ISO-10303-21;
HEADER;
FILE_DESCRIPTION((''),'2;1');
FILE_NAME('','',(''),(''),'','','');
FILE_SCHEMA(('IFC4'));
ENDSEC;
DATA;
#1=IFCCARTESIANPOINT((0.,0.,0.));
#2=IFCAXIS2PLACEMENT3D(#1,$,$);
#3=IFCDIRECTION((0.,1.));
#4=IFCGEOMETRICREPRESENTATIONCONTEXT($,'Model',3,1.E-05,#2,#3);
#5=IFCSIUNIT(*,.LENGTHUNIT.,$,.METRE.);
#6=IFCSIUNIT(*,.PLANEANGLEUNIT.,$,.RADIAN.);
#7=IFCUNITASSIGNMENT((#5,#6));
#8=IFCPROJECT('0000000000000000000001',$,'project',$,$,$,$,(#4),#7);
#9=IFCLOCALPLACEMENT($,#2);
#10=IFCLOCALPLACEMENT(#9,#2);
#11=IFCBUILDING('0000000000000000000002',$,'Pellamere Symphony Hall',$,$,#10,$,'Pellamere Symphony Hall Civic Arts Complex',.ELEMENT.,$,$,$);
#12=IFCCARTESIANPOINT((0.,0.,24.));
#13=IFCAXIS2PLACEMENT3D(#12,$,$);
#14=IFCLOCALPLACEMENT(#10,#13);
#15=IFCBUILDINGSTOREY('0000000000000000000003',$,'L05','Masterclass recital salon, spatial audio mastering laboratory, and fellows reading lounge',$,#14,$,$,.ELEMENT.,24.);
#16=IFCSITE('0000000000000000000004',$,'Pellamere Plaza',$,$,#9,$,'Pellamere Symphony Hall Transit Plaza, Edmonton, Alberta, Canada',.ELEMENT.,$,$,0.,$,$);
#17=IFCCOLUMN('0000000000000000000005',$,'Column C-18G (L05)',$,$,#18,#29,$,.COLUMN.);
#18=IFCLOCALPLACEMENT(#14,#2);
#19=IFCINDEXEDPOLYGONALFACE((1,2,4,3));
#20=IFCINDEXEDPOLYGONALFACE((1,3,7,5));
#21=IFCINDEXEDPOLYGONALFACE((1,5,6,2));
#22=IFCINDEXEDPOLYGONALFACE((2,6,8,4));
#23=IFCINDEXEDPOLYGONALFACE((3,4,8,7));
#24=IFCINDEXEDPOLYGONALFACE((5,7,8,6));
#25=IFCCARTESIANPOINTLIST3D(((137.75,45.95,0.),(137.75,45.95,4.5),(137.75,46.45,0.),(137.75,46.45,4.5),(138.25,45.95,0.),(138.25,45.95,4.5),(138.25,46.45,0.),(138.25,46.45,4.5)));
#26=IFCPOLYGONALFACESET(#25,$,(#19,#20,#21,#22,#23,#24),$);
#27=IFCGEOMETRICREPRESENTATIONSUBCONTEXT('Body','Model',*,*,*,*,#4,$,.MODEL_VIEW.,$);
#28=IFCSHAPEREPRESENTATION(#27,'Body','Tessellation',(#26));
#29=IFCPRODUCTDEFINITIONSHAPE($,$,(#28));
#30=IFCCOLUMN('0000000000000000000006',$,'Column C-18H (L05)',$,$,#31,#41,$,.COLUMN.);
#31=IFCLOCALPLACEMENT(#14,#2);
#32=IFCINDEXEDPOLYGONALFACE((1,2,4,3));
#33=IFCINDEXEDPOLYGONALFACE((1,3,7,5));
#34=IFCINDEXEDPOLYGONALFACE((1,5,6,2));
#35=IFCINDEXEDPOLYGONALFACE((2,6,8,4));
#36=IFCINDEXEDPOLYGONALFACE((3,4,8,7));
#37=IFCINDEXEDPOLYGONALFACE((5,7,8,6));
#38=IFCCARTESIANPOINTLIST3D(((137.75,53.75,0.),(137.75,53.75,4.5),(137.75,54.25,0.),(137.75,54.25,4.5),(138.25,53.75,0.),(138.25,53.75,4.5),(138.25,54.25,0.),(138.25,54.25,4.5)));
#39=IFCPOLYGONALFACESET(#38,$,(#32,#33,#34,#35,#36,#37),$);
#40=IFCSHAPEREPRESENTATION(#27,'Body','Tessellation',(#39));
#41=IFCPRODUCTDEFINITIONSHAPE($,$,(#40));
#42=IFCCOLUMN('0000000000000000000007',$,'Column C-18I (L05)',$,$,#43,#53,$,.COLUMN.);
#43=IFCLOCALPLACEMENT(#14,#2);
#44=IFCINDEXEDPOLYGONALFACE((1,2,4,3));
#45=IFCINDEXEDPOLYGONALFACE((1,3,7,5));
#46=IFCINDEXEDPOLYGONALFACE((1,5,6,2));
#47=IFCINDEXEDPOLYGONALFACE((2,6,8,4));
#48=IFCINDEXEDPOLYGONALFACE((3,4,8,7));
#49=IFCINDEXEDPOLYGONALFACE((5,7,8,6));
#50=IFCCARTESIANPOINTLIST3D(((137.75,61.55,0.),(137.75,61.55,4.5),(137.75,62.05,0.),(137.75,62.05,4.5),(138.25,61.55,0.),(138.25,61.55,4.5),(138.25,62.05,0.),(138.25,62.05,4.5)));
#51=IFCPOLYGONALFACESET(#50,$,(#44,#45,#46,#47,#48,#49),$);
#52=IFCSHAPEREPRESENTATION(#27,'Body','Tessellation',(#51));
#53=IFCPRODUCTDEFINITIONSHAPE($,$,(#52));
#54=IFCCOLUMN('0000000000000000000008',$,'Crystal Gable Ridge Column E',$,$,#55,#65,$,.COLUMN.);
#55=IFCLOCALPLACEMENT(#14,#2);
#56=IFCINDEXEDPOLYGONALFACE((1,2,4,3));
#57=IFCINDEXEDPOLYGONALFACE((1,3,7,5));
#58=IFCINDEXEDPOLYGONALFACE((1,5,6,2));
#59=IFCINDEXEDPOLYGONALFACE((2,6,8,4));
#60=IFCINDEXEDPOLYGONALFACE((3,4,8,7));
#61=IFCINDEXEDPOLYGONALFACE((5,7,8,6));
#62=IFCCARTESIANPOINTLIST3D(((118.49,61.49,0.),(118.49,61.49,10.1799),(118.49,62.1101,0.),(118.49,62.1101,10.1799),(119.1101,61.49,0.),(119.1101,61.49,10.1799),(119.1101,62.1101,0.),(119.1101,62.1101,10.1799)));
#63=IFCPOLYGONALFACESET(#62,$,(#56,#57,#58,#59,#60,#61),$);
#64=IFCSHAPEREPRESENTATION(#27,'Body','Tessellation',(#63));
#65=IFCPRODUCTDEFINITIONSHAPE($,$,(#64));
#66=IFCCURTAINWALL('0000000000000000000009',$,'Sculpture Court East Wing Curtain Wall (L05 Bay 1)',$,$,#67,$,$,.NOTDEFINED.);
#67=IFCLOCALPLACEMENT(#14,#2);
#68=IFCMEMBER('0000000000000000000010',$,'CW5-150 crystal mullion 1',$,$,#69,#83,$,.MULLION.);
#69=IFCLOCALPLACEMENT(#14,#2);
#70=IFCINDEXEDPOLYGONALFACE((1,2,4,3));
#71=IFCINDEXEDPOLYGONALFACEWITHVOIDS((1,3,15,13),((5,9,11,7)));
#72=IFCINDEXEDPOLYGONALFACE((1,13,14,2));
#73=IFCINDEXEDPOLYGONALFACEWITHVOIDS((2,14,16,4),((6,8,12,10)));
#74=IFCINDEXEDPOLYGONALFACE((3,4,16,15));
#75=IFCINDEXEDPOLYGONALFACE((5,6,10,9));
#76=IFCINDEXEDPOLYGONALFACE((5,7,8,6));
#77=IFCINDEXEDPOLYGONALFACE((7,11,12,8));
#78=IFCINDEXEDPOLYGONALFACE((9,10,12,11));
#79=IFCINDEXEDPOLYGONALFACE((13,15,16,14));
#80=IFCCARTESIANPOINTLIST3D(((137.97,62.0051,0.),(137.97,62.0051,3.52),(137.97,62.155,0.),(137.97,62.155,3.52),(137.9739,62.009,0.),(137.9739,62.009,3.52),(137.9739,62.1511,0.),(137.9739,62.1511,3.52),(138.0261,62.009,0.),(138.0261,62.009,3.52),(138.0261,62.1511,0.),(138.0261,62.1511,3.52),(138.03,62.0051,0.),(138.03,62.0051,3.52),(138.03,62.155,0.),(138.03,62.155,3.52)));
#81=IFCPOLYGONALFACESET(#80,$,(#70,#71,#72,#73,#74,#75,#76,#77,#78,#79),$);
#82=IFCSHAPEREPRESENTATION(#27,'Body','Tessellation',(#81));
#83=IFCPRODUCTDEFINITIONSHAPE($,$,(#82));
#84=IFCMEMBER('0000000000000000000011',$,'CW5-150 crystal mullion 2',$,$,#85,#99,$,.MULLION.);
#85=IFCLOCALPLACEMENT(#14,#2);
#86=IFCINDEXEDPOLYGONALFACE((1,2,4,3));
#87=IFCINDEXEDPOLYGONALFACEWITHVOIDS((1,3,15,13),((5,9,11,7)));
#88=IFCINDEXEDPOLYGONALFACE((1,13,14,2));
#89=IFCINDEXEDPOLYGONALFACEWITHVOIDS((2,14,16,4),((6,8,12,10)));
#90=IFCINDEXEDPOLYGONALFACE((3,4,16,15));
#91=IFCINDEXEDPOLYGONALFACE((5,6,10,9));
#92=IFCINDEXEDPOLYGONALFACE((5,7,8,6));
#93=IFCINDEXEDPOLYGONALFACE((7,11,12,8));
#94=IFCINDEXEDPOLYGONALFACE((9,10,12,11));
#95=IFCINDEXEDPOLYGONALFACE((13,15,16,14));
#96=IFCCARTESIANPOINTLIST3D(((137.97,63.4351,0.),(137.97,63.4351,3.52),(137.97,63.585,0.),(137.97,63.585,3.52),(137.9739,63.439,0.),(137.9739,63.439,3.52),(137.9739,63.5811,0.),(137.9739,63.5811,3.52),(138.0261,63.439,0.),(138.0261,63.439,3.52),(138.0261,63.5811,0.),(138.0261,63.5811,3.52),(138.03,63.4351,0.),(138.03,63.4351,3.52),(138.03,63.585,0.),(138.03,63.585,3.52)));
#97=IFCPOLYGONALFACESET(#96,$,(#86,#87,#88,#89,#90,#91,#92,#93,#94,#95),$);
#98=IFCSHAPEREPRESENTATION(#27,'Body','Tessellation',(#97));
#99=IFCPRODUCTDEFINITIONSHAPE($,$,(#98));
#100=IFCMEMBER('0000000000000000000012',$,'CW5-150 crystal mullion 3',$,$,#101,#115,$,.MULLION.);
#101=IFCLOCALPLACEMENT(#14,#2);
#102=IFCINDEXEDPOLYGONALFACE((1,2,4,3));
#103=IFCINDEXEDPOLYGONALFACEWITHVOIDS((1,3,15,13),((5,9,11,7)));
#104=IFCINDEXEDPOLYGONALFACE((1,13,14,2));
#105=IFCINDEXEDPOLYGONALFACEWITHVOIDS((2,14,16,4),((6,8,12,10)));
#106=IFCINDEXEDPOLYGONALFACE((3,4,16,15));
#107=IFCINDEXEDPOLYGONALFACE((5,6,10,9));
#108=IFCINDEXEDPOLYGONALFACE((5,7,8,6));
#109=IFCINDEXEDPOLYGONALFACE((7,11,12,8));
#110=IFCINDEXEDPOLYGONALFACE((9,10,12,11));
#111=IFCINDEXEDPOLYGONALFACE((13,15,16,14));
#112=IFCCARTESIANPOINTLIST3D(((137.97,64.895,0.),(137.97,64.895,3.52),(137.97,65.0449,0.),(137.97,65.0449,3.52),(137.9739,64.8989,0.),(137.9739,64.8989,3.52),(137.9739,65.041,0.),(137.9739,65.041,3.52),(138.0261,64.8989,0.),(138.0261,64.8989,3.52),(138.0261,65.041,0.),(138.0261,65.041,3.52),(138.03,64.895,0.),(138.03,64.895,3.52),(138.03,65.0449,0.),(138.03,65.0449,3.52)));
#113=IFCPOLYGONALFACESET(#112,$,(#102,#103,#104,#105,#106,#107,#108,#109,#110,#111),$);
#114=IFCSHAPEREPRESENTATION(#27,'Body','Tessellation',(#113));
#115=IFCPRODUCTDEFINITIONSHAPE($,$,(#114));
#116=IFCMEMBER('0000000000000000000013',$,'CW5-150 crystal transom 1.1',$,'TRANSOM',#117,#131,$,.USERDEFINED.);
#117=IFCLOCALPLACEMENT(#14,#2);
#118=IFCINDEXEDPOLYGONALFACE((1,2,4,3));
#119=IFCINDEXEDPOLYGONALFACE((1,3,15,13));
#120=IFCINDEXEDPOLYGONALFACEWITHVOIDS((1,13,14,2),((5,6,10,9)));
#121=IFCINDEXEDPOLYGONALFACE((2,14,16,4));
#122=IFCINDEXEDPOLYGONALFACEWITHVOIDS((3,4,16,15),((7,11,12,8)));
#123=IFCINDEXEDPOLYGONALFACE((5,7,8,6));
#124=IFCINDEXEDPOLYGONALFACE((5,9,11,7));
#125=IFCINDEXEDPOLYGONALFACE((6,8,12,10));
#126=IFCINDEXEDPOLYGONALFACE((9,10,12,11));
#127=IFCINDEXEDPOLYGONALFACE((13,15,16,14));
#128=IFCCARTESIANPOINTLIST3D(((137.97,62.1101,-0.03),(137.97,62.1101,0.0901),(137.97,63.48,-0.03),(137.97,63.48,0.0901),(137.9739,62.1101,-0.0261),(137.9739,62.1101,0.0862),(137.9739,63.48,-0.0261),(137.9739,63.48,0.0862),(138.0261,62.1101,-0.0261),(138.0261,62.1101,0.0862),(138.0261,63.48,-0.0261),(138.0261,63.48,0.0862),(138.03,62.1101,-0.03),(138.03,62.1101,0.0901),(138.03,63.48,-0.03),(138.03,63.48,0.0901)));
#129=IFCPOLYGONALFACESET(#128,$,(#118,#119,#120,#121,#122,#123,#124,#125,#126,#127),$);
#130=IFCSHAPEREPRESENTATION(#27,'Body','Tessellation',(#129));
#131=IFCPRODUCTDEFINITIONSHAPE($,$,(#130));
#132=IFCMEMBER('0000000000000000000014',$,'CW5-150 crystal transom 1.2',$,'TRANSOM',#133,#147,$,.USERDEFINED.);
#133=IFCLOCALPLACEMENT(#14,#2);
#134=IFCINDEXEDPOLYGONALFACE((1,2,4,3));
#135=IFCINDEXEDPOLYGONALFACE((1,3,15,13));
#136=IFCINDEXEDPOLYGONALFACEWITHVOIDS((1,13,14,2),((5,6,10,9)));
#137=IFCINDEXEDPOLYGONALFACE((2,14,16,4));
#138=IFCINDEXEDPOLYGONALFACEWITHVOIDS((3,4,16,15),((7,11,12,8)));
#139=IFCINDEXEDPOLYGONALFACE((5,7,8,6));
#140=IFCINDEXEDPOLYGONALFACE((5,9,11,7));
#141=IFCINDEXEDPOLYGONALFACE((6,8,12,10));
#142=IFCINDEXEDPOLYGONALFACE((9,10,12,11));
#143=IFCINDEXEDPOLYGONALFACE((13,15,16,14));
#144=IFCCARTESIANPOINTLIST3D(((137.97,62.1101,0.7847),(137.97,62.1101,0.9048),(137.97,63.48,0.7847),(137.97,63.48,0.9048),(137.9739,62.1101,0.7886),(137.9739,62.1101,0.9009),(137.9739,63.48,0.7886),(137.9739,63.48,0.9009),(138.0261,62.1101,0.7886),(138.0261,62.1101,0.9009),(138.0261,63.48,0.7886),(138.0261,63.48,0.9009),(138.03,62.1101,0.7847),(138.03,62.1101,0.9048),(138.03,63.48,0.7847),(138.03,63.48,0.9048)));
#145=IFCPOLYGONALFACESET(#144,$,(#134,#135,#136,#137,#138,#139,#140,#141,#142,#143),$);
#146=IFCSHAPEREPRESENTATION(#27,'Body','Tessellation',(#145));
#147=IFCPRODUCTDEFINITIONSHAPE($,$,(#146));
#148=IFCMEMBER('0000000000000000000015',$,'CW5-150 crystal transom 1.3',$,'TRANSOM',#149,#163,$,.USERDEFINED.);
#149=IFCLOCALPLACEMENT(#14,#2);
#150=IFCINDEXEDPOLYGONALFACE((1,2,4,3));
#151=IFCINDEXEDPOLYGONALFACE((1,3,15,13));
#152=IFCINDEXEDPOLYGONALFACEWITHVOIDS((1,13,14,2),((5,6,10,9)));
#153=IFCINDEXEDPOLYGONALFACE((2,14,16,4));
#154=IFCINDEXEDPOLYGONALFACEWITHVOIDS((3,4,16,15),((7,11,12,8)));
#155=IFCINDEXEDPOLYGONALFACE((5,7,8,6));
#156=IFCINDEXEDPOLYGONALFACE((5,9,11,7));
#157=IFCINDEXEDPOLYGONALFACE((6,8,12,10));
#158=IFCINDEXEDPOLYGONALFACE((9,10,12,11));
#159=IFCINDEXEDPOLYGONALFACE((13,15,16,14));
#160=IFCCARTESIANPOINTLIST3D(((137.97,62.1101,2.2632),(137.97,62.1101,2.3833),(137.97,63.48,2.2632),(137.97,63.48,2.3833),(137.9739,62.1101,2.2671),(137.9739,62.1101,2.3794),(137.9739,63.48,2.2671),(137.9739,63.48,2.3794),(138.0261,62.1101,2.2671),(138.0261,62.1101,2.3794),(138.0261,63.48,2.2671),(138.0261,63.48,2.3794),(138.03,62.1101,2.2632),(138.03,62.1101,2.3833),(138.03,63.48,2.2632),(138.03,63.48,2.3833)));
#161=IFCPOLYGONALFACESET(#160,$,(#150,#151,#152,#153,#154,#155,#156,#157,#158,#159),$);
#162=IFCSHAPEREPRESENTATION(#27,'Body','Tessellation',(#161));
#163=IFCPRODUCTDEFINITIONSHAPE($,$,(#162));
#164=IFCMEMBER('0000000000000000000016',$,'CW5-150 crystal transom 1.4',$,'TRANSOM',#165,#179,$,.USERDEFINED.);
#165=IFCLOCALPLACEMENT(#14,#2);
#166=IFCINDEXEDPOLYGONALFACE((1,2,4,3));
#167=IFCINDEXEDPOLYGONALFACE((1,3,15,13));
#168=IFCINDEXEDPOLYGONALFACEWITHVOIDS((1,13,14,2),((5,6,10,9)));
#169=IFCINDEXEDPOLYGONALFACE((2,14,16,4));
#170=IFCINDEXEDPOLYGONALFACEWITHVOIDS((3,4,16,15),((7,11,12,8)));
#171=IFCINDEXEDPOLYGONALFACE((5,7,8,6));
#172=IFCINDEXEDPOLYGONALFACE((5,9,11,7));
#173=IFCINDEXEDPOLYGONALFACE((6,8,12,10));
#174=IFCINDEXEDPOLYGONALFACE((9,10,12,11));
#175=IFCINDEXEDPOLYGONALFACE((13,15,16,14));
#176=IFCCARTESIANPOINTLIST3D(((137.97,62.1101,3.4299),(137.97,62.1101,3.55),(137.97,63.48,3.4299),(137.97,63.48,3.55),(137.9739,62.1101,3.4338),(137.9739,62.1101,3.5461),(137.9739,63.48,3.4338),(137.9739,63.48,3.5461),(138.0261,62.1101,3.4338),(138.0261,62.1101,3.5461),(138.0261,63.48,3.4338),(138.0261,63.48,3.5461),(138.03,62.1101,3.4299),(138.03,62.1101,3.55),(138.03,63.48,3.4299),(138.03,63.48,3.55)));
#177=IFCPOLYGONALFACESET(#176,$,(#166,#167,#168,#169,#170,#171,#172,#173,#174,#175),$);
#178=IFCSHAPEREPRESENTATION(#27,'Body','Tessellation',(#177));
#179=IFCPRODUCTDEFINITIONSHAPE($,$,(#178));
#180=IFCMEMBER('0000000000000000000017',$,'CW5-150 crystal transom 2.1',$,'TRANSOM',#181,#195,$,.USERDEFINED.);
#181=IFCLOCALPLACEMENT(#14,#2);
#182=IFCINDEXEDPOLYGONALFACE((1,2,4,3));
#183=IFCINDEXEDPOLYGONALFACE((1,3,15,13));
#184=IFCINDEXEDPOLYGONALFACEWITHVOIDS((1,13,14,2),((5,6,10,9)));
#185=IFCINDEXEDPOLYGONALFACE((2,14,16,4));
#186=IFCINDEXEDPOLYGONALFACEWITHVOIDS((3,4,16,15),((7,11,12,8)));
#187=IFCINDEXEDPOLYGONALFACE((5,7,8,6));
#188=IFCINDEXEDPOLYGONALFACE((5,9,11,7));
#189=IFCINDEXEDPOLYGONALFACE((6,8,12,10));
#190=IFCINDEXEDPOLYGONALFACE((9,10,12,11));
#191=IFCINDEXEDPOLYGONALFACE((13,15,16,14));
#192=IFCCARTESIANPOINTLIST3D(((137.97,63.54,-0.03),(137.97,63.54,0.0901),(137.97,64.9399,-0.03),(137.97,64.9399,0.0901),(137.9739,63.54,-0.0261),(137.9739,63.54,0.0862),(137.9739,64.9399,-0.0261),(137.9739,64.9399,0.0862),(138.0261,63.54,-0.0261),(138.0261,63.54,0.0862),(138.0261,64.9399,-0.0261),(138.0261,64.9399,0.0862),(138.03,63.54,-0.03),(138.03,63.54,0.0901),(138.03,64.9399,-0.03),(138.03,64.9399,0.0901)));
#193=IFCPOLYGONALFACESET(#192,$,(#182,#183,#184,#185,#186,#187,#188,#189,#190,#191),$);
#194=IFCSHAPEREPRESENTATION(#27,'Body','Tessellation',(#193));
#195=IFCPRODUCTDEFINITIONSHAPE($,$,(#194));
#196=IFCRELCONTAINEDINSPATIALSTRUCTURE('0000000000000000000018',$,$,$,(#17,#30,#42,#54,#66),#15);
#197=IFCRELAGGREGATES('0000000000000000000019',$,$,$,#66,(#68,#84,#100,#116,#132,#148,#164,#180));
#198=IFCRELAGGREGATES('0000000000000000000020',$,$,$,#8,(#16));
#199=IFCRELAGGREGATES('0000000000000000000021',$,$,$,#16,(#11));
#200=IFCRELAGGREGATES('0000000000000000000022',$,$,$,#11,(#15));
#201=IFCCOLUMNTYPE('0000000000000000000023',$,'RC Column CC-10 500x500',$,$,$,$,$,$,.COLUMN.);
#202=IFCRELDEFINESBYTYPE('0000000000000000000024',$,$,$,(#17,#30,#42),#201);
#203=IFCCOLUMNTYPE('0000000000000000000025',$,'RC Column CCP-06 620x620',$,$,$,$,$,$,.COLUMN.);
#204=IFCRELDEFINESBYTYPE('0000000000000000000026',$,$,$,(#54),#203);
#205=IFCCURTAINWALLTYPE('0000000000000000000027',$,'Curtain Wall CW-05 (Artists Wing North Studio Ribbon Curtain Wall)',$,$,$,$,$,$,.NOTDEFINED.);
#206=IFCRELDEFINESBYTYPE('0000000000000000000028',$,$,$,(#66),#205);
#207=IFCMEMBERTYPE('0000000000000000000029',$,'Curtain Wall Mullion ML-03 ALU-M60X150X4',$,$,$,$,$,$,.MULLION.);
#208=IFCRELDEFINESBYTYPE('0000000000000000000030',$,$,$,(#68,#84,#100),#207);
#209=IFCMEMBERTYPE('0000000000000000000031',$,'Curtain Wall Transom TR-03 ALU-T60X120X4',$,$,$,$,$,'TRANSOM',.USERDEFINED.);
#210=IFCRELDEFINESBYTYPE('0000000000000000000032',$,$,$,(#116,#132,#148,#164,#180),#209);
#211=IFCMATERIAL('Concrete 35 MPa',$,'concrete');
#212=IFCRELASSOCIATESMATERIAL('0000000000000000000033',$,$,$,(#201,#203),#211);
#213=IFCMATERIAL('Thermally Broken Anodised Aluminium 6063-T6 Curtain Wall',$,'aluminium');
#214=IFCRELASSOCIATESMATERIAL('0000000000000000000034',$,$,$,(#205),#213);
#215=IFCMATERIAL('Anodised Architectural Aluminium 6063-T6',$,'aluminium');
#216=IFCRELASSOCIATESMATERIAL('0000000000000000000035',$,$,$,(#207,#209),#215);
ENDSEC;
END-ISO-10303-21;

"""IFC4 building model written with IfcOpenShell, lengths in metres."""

from ifc_helpers import new_model, si_unit, direction, frame, origin, origin_2d, place, context, subcontext, project, spatial, rectangle, hollow_rectangle, extrude, material, material_profile, profile_set, type_object, element, aggregate, save


model = new_model("IFC4")

# Units and contexts
model_context = context("Model", 3, precision=1e-05, world=origin(), true_north=direction((0.0, 1.0)))
body_context = subcontext(model_context, "Body", "Model", "MODEL_VIEW")
ifc_project = project(units=[si_unit("LENGTHUNIT", "METRE"), si_unit("PLANEANGLEUNIT", "RADIAN")], contexts=[model_context])

# Site, building, storey
site_placement = place(None, origin())
site = spatial("IfcSite", under=ifc_project, at=site_placement, Name="Pellamere Plaza", LongName="Pellamere Symphony Hall Transit Plaza, Edmonton, Alberta, Canada", CompositionType="ELEMENT", RefElevation=0.0)
building_placement = place(site_placement, origin())
building = spatial("IfcBuilding", under=site, at=building_placement, Name="Pellamere Symphony Hall", LongName="Pellamere Symphony Hall Civic Arts Complex", CompositionType="ELEMENT")
storey_placement = place(building_placement, frame((0.0, 0.0, 24.0)))
storey = spatial("IfcBuildingStorey", under=building, at=storey_placement, Name="L05", Description="Masterclass recital salon, spatial audio mastering laboratory, and fellows reading lounge", CompositionType="ELEMENT", Elevation=24.0)

# Columns
ifc_material_1 = material(Name="Concrete 35 MPa", Category="concrete")
ifc_material_profile_1 = material_profile(ifc_material_1, rectangle(XDim=0.5, YDim=0.5, at=origin_2d()), Name="RC 500x500")
ifc_profile_set_1 = profile_set([ifc_material_profile_1], Name="Concrete 35 MPa")
column_type_1 = type_object("IfcColumnType", Name="RC Column CC-10 500x500", PredefinedType="COLUMN", material=ifc_profile_set_1)
for number, where, z_axis, x_axis, name in (
    (1, (138.0, 46.2, 0.0), (0.0, 0.0, 1.0), (1.0, 0.0, 0.0), "Column C-18G (L05)"),
    (2, (138.0, 54.0, 0.0), (0.0, 0.0, 1.0), (1.0, 0.0, 0.0), "Column C-18H (L05)"),
    (3, (138.0, 61.8, 0.0), (0.0, 0.0, 1.0), (1.0, 0.0, 0.0), "Column C-18I (L05)"),
):
    element("IfcColumn", number, at=place(storey_placement, frame(where, z_axis=z_axis, x_axis=x_axis)), inside=storey, type_object=column_type_1, Name=name, PredefinedType="COLUMN", context=body_context, shape_type="SweptSolid", body=[
        extrude(rectangle(XDim=0.5, YDim=0.5, at=origin_2d()), origin(), (0.0, 0.0, 1.0), 4.5),
    ])
ifc_material_profile_2 = material_profile(ifc_material_1, rectangle(XDim=0.6201, YDim=0.6201, at=origin_2d()), Name="RC 620x620")
ifc_profile_set_2 = profile_set([ifc_material_profile_2], Name="Concrete 35 MPa")
column_type_2 = type_object("IfcColumnType", Name="RC Column CCP-06 620x620", PredefinedType="COLUMN", material=ifc_profile_set_2)
column_placement = place(storey_placement, frame((118.8, 61.8, 0.0), z_axis=(0.0, 0.0, 1.0), x_axis=(1.0, 0.0, 0.0)))
element("IfcColumn", 4, at=column_placement, inside=storey, type_object=column_type_2, Name="Crystal Gable Ridge Column E", PredefinedType="COLUMN", context=body_context, shape_type="SweptSolid", body=[
    extrude(rectangle(XDim=0.6201, YDim=0.6201, at=origin_2d()), origin(), (0.0, 0.0, 1.0), 10.1799),
])

# Curtain wall, members
ifc_material_2 = material(Name="Thermally Broken Anodised Aluminium 6063-T6 Curtain Wall", Category="aluminium")
curtain_wall_type = type_object("IfcCurtainWallType", Name="Curtain Wall CW-05 (Artists Wing North Studio Ribbon Curtain Wall)", PredefinedType="NOTDEFINED", material=ifc_material_2)
curtain_wall_placement = place(storey_placement, origin())
curtain_wall = element("IfcCurtainWall", 5, at=curtain_wall_placement, inside=storey, type_object=curtain_wall_type, Name="Sculpture Court East Wing Curtain Wall (L05 Bay 1)", PredefinedType="NOTDEFINED")
ifc_material_3 = material(Name="Anodised Architectural Aluminium 6063-T6", Category="aluminium")
ifc_material_profile_3 = material_profile(ifc_material_3, hollow_rectangle(XDim=0.0601, YDim=0.1499, WallThickness=0.0039, at=origin_2d()), Name="ALU-M60X150X4")
ifc_profile_set_3 = profile_set([ifc_material_profile_3], Name="Anodised Architectural Aluminium 6063-T6")
member_type_1 = type_object("IfcMemberType", Name="Curtain Wall Mullion ML-03 ALU-M60X150X4", PredefinedType="MULLION", material=ifc_profile_set_3)
member_1_placement = place(storey_placement, frame((138.0, 62.0801, 0.0), z_axis=(0.0, 0.0, 1.0), x_axis=(-1.0, 0.0, 0.0)))
member_1 = element("IfcMember", 6, at=member_1_placement, type_object=member_type_1, Name="CW5-150 crystal mullion 1", PredefinedType="MULLION", context=body_context, shape_type="SweptSolid", body=[
    extrude(hollow_rectangle(XDim=0.0601, YDim=0.1499, WallThickness=0.0039, at=origin_2d()), origin(), (0.0, 0.0, 1.0), 3.52),
])
member_2_placement = place(storey_placement, frame((138.0, 63.51, 0.0), z_axis=(0.0, 0.0, 1.0), x_axis=(-1.0, 0.0, 0.0)))
member_2 = element("IfcMember", 7, at=member_2_placement, type_object=member_type_1, Name="CW5-150 crystal mullion 2", PredefinedType="MULLION", context=body_context, shape_type="SweptSolid", body=[
    extrude(hollow_rectangle(XDim=0.0601, YDim=0.1499, WallThickness=0.0039, at=origin_2d()), origin(), (0.0, 0.0, 1.0), 3.52),
])
member_3_placement = place(storey_placement, frame((138.0, 64.97, 0.0), z_axis=(0.0, 0.0, 1.0), x_axis=(-1.0, 0.0, 0.0)))
member_3 = element("IfcMember", 8, at=member_3_placement, type_object=member_type_1, Name="CW5-150 crystal mullion 3", PredefinedType="MULLION", context=body_context, shape_type="SweptSolid", body=[
    extrude(hollow_rectangle(XDim=0.0601, YDim=0.1499, WallThickness=0.0039, at=origin_2d()), origin(), (0.0, 0.0, 1.0), 3.52),
])
ifc_material_profile_4 = material_profile(ifc_material_3, hollow_rectangle(XDim=0.0601, YDim=0.1201, WallThickness=0.0039, at=origin_2d()), Name="ALU-T60X120X4")
ifc_profile_set_4 = profile_set([ifc_material_profile_4], Name="Anodised Architectural Aluminium 6063-T6")
member_type_2 = type_object("IfcMemberType", Name="Curtain Wall Transom TR-03 ALU-T60X120X4", ElementType="TRANSOM", PredefinedType="USERDEFINED", material=ifc_profile_set_4)
member_4_placement = place(storey_placement, frame((138.0, 62.1101, 0.03), z_axis=(0.0, 1.0, 0.0), x_axis=(-1.0, 0.0, 0.0)))
member_4 = element("IfcMember", 9, at=member_4_placement, type_object=member_type_2, Name="CW5-150 crystal transom 1.1", ObjectType="TRANSOM", PredefinedType="USERDEFINED", context=body_context, shape_type="SweptSolid", body=[
    extrude(hollow_rectangle(XDim=0.0601, YDim=0.1201, WallThickness=0.0039, at=origin_2d()), origin(), (0.0, 0.0, 1.0), 1.3699),
])
member_5_placement = place(storey_placement, frame((138.0, 62.1101, 0.8447), z_axis=(0.0, 1.0, 0.0), x_axis=(-1.0, 0.0, 0.0)))
member_5 = element("IfcMember", 10, at=member_5_placement, type_object=member_type_2, Name="CW5-150 crystal transom 1.2", ObjectType="TRANSOM", PredefinedType="USERDEFINED", context=body_context, shape_type="SweptSolid", body=[
    extrude(hollow_rectangle(XDim=0.0601, YDim=0.1201, WallThickness=0.0039, at=origin_2d()), origin(), (0.0, 0.0, 1.0), 1.3699),
])
member_6_placement = place(storey_placement, frame((138.0, 62.1101, 2.3232), z_axis=(0.0, 1.0, 0.0), x_axis=(-1.0, 0.0, 0.0)))
member_6 = element("IfcMember", 11, at=member_6_placement, type_object=member_type_2, Name="CW5-150 crystal transom 1.3", ObjectType="TRANSOM", PredefinedType="USERDEFINED", context=body_context, shape_type="SweptSolid", body=[
    extrude(hollow_rectangle(XDim=0.0601, YDim=0.1201, WallThickness=0.0039, at=origin_2d()), origin(), (0.0, 0.0, 1.0), 1.3699),
])
member_7_placement = place(storey_placement, frame((138.0, 62.1101, 3.49), z_axis=(0.0, 1.0, 0.0), x_axis=(-1.0, 0.0, 0.0)))
member_7 = element("IfcMember", 12, at=member_7_placement, type_object=member_type_2, Name="CW5-150 crystal transom 1.4", ObjectType="TRANSOM", PredefinedType="USERDEFINED", context=body_context, shape_type="SweptSolid", body=[
    extrude(hollow_rectangle(XDim=0.0601, YDim=0.1201, WallThickness=0.0039, at=origin_2d()), origin(), (0.0, 0.0, 1.0), 1.3699),
])
member_8_placement = place(storey_placement, frame((138.0, 63.54, 0.03), z_axis=(0.0, 1.0, 0.0), x_axis=(-1.0, 0.0, 0.0)))
member_8 = element("IfcMember", 13, at=member_8_placement, type_object=member_type_2, Name="CW5-150 crystal transom 2.1", ObjectType="TRANSOM", PredefinedType="USERDEFINED", context=body_context, shape_type="SweptSolid", body=[
    extrude(hollow_rectangle(XDim=0.0601, YDim=0.1201, WallThickness=0.0039, at=origin_2d()), origin(), (0.0, 0.0, 1.0), 1.3999),
])

aggregate(curtain_wall, [member_1, member_2, member_3, member_4, member_5, member_6, member_7, member_8])

save(model, "model.ifc")
